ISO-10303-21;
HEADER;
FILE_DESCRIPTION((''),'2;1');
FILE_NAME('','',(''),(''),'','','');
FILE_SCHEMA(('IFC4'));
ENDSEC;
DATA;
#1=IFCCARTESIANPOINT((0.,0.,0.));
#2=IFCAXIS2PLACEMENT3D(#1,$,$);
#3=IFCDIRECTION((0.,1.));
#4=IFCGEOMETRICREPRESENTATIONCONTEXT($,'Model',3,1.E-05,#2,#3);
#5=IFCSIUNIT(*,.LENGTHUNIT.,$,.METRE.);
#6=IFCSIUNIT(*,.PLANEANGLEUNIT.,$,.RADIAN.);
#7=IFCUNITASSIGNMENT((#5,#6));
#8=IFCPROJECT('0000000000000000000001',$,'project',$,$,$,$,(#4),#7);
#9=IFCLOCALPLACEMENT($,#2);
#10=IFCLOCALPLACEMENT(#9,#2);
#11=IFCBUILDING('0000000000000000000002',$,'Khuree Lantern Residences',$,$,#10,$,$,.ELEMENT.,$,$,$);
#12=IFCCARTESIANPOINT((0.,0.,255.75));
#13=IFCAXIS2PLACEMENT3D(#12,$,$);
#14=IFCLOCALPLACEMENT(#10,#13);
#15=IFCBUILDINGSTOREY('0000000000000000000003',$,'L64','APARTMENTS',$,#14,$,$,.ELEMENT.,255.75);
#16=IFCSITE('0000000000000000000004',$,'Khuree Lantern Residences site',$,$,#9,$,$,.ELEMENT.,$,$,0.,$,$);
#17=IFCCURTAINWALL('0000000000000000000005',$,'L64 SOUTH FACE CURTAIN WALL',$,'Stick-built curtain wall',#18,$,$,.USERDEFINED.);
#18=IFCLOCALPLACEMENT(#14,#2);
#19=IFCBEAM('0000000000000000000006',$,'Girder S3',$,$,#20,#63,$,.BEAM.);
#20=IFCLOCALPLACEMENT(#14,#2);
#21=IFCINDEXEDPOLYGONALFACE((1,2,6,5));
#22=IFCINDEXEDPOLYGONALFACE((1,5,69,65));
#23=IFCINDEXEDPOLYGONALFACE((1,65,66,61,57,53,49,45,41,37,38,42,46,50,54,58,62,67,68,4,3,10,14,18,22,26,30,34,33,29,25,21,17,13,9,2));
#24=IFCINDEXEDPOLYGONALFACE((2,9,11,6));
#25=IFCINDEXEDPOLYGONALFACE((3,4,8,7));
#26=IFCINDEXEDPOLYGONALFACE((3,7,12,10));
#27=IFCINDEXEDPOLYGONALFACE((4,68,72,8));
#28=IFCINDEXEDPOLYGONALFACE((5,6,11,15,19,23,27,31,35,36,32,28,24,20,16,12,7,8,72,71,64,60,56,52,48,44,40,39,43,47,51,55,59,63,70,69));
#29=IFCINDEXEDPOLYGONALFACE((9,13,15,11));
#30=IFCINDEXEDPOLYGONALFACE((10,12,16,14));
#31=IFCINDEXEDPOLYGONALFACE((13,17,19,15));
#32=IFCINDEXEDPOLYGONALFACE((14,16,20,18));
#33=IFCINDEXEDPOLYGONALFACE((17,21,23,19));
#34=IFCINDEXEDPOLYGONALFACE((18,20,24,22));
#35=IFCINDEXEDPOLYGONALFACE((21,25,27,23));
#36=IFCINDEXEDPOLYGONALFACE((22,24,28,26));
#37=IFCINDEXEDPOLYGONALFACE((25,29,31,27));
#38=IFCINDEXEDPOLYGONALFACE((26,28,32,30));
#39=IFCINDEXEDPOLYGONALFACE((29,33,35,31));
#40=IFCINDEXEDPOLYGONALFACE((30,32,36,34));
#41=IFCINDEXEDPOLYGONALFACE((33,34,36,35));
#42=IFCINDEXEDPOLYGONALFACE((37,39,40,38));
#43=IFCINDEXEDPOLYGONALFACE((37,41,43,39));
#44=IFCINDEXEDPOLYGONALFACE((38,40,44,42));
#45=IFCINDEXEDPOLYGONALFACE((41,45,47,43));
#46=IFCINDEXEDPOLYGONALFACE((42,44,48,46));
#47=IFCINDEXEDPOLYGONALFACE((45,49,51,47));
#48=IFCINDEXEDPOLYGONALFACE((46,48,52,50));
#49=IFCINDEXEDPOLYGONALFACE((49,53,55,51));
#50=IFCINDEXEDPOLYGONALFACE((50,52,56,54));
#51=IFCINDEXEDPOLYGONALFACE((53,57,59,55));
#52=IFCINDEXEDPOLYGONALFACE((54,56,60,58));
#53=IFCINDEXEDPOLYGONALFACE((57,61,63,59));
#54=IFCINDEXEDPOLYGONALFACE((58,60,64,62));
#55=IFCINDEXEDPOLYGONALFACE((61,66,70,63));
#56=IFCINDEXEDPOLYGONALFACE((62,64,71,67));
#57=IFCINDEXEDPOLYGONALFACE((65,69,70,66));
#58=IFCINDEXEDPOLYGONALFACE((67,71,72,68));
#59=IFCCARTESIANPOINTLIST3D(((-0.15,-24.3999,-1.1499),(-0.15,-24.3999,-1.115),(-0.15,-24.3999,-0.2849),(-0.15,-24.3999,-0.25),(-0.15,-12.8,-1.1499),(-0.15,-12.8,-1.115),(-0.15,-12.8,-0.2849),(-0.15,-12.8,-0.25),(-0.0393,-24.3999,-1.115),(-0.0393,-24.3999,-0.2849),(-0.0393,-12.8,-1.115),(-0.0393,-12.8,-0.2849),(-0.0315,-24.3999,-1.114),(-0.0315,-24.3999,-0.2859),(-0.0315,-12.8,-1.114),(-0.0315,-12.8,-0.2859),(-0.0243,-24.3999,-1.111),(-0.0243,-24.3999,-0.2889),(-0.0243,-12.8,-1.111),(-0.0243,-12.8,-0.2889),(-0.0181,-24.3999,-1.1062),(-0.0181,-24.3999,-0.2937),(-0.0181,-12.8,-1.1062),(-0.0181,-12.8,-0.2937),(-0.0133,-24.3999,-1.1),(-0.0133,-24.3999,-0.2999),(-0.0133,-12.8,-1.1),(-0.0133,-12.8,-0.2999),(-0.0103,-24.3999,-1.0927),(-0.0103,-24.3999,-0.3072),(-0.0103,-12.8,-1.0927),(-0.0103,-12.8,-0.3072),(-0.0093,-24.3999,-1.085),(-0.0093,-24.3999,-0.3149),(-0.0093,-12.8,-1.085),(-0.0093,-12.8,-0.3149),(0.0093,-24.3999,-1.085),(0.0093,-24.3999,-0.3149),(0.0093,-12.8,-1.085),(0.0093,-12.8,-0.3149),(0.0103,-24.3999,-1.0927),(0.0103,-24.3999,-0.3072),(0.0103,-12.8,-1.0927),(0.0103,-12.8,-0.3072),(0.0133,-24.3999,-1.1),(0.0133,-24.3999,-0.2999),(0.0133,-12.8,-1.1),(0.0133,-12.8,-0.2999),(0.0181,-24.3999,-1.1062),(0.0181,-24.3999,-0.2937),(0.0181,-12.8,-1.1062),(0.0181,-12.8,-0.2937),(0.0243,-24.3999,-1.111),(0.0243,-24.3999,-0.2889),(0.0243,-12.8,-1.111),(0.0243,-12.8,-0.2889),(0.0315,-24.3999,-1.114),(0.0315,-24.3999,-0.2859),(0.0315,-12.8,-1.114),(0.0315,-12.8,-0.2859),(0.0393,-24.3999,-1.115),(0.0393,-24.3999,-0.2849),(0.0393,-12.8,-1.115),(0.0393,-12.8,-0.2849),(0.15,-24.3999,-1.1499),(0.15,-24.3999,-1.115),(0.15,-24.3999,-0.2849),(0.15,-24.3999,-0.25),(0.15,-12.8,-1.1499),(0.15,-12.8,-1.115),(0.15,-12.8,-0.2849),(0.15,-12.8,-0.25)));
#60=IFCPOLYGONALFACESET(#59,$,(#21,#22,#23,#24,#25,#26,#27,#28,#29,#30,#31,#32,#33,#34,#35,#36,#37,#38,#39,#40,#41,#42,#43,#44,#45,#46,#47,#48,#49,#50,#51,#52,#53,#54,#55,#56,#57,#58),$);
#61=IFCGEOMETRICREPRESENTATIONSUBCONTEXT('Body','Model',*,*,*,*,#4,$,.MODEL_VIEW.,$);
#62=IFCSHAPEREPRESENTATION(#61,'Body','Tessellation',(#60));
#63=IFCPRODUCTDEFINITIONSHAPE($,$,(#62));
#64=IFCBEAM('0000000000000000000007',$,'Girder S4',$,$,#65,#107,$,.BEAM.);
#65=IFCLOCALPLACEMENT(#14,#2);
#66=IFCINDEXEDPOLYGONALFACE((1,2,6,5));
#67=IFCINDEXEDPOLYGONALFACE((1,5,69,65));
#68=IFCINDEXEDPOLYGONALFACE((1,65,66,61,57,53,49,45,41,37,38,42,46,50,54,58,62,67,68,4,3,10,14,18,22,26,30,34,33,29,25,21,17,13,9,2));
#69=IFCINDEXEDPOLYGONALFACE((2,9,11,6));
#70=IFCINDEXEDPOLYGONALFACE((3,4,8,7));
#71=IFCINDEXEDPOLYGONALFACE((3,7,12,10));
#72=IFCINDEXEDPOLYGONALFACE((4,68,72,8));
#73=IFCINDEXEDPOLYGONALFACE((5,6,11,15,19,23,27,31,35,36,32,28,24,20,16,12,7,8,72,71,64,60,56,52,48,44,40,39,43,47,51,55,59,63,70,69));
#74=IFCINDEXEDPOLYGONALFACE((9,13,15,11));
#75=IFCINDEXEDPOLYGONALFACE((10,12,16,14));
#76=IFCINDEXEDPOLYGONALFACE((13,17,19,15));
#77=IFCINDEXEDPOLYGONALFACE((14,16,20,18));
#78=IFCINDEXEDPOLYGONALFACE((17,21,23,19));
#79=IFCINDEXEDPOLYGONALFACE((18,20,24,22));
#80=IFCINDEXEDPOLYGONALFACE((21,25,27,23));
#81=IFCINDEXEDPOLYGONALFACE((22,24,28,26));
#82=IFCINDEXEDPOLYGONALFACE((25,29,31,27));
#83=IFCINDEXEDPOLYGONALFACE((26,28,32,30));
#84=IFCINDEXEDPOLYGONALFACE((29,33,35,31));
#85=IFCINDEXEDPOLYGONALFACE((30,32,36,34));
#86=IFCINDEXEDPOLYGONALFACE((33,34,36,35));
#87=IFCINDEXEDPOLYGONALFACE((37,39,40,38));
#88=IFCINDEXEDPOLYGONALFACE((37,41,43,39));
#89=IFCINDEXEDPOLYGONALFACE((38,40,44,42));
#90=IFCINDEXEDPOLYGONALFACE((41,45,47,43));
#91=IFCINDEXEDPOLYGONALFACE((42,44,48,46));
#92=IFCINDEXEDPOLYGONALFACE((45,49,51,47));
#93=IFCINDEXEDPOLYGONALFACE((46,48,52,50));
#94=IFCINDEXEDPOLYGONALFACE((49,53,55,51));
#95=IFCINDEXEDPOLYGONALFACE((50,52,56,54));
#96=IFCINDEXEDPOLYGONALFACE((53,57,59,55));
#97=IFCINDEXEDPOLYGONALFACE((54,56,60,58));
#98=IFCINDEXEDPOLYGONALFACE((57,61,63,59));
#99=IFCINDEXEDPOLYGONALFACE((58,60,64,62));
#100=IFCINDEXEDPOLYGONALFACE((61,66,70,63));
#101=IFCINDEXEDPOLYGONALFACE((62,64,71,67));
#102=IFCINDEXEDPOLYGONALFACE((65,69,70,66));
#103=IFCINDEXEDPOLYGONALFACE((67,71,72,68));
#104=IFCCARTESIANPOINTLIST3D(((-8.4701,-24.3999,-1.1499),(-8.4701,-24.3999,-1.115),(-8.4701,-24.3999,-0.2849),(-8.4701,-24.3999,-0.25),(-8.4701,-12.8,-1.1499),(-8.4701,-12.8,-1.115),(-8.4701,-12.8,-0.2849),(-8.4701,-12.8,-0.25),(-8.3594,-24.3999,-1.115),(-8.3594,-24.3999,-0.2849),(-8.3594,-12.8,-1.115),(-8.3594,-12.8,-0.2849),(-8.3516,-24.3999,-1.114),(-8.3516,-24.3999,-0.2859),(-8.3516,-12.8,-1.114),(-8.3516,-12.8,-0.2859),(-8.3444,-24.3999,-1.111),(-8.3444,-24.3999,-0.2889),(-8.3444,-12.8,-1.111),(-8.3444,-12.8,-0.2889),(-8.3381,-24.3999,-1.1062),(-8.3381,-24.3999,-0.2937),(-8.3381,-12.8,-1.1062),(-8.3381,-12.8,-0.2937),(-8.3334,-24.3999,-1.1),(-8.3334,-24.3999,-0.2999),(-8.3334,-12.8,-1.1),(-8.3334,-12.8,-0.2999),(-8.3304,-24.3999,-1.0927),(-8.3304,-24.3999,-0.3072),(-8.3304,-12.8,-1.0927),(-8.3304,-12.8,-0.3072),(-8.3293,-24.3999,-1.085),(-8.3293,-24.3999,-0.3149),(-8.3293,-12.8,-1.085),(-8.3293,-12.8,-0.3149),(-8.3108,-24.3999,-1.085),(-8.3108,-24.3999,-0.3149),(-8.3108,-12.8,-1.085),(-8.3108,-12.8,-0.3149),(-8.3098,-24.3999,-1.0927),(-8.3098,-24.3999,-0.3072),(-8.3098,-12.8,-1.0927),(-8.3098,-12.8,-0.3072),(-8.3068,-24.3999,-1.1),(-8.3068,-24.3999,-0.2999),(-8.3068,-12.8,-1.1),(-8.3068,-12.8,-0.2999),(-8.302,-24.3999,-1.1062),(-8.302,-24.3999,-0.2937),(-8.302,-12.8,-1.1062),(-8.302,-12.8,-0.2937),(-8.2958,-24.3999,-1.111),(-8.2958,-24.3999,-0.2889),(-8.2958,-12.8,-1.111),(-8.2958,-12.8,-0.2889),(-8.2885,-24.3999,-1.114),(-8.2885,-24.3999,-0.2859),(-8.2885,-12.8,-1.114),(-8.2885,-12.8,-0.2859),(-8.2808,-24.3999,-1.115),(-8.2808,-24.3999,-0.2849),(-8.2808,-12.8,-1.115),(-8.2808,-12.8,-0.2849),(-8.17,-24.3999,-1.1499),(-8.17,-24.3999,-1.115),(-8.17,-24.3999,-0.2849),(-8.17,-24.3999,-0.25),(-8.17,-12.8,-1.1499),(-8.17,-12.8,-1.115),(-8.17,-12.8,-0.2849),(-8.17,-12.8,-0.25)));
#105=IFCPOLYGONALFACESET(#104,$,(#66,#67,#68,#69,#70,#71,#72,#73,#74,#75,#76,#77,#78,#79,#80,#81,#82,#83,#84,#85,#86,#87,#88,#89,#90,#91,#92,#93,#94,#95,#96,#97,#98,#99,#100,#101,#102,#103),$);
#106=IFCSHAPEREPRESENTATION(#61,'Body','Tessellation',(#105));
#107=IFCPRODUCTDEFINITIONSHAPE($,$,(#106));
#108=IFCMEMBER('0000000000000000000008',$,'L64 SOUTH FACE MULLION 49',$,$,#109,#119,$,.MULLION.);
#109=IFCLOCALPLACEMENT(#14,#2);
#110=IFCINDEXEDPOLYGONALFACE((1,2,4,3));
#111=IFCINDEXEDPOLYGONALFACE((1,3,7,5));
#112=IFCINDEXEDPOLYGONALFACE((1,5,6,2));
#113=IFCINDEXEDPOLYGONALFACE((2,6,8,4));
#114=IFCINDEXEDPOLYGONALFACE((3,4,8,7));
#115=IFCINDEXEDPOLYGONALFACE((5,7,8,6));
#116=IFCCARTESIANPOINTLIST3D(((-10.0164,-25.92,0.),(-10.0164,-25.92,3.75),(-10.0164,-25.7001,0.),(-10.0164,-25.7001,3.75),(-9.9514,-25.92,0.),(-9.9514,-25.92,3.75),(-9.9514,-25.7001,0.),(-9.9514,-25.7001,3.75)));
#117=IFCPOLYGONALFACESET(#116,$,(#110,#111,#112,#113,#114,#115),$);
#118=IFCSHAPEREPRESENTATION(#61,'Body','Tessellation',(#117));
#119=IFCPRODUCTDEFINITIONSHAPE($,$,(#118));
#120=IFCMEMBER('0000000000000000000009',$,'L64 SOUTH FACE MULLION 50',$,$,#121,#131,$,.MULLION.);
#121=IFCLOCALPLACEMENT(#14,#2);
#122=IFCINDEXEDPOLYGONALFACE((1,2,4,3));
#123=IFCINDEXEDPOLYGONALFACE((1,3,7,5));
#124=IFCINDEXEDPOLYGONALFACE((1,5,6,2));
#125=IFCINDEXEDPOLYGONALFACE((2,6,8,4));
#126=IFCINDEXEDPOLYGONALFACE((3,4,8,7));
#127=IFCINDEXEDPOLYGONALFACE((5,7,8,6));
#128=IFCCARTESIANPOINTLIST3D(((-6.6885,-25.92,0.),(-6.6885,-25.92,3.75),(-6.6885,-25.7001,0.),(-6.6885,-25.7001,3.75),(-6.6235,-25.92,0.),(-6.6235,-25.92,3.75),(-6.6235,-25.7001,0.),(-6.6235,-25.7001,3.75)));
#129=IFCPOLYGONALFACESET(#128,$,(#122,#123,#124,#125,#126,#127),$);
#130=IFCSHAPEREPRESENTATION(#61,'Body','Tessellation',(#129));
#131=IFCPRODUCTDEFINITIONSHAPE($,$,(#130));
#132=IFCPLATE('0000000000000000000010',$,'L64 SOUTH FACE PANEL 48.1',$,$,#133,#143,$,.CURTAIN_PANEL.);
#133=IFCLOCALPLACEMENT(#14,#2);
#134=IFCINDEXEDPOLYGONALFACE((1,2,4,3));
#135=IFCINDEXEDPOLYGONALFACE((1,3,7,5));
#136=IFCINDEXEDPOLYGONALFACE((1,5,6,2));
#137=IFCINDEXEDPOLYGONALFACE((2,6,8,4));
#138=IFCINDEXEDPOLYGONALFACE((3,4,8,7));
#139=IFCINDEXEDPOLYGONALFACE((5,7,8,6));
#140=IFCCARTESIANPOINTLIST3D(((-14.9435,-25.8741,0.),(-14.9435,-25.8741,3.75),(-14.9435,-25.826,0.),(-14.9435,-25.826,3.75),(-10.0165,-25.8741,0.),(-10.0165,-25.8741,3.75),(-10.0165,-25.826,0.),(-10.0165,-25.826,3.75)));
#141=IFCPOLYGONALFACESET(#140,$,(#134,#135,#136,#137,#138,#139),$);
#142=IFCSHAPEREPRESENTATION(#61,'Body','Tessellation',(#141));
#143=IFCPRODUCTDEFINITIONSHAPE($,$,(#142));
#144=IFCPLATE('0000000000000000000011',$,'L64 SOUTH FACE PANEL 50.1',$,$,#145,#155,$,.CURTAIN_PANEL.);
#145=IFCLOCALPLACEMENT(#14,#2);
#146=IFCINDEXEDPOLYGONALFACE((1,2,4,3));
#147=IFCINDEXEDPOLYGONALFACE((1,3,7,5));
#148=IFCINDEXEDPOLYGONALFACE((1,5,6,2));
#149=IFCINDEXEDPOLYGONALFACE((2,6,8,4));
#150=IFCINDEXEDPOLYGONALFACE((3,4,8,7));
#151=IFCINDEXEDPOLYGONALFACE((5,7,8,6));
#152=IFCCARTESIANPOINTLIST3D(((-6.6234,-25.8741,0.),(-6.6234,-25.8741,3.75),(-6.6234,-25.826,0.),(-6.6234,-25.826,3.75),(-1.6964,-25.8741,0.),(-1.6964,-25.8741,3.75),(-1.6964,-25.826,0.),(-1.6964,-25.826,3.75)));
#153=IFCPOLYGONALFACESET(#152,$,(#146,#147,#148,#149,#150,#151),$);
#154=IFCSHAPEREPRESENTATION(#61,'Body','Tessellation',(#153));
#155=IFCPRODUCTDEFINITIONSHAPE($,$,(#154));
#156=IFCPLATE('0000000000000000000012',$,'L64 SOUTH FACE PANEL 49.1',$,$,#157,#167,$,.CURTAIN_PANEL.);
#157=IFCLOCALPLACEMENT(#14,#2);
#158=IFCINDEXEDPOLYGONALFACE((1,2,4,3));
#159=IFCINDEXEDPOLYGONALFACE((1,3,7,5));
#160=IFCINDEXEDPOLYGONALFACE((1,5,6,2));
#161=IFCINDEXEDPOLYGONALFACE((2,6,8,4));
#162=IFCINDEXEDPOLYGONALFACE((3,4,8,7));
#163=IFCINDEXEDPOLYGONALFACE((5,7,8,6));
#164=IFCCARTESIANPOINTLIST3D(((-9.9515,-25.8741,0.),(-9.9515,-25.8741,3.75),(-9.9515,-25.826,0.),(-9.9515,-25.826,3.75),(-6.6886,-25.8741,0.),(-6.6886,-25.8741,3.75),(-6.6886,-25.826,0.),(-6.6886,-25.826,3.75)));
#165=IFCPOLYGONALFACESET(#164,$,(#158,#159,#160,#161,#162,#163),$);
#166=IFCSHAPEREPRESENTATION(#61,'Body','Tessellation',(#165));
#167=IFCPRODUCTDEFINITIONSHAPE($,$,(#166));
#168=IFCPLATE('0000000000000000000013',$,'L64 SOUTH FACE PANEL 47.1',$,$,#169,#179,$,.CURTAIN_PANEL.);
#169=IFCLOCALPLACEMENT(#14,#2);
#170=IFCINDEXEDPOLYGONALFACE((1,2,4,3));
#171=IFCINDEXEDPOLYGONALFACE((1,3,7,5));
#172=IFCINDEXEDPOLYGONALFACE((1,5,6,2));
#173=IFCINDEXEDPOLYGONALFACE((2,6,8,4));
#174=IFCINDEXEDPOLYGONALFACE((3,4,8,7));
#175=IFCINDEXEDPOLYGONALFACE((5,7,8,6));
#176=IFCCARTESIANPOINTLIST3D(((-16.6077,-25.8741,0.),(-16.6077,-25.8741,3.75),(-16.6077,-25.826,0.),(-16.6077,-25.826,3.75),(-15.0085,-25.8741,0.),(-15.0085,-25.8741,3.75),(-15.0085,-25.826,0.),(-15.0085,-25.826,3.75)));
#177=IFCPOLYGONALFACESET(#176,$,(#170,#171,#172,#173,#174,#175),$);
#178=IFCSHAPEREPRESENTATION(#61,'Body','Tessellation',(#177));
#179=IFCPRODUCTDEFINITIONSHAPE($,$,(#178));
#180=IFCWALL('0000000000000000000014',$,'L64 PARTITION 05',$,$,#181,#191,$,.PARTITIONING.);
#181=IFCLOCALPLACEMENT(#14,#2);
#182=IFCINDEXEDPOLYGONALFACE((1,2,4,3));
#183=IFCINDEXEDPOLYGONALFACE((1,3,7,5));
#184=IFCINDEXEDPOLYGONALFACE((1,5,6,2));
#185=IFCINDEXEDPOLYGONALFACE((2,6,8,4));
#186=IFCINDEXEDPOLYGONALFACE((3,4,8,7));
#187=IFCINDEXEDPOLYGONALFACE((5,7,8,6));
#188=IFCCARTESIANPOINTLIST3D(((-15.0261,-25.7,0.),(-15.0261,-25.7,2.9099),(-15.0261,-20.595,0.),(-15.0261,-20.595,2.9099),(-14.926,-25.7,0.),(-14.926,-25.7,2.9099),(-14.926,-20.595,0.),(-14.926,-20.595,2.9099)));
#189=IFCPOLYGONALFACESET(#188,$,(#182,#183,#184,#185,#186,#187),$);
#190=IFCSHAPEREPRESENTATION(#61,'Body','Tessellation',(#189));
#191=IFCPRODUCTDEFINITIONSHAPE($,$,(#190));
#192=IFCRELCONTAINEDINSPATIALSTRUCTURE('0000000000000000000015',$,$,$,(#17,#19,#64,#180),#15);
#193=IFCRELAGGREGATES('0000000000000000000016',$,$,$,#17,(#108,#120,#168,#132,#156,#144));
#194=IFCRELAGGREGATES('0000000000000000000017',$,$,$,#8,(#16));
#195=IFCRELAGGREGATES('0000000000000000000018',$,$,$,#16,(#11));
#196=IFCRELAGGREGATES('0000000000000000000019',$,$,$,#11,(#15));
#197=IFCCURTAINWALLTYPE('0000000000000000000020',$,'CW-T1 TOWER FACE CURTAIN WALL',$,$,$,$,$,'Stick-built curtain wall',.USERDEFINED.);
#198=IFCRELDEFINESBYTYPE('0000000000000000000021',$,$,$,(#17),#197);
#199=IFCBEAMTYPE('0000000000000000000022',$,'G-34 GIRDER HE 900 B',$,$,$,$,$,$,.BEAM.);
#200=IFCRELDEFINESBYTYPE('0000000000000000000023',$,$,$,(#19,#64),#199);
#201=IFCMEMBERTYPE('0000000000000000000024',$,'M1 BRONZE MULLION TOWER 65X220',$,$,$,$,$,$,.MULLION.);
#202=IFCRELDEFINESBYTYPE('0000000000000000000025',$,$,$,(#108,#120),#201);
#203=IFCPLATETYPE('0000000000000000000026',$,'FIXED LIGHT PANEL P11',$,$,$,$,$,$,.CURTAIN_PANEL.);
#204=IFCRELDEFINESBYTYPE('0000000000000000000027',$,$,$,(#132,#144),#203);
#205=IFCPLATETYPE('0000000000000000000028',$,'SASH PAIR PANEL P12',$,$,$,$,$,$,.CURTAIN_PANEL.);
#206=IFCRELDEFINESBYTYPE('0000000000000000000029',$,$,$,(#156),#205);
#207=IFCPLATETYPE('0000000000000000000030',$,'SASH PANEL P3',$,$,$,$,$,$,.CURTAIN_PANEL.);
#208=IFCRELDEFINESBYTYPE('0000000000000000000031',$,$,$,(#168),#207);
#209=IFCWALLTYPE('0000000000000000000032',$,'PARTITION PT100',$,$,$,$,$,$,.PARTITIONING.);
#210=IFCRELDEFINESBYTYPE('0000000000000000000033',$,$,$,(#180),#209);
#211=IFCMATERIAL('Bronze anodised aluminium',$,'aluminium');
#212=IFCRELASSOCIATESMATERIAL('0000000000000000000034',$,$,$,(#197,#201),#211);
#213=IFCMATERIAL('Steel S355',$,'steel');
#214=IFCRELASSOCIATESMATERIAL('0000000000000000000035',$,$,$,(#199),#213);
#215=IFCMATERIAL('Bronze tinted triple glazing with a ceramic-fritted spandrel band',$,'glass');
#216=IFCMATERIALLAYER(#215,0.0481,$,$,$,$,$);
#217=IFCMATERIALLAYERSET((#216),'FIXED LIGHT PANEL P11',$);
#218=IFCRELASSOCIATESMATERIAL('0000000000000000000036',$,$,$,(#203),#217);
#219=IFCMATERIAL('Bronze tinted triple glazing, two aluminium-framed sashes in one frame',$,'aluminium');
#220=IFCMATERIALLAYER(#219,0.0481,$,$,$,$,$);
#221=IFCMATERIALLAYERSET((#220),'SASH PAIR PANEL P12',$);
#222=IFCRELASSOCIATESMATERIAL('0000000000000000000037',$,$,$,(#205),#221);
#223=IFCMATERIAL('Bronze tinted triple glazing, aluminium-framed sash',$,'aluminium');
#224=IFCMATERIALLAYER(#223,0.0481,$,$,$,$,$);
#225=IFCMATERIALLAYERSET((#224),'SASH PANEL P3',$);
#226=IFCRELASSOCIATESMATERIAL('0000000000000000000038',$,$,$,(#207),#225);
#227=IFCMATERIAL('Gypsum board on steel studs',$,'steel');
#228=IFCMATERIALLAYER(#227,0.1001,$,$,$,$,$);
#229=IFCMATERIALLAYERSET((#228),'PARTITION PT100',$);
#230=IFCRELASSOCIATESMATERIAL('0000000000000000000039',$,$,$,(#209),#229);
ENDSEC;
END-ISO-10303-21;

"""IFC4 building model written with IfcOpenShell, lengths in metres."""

from ifc_helpers import new_model, si_unit, direction, frame, frame_2d, origin, origin_2d, place, context, subcontext, project, spatial, rectangle, i_section, extrude, material, layer, layer_set, material_profile, profile_set, type_object, element, aggregate, save


model = new_model("IFC4")

# Units and contexts
model_context = context("Model", 3, precision=1e-05, world=origin(), true_north=direction((0.0, 1.0)))
body_context = subcontext(model_context, "Body", "Model", "MODEL_VIEW")
ifc_project = project(units=[si_unit("LENGTHUNIT", "METRE"), si_unit("PLANEANGLEUNIT", "RADIAN")], contexts=[model_context])

# Site, building, storey
site_placement = place(None, origin())
site = spatial("IfcSite", under=ifc_project, at=site_placement, Name="Khuree Lantern Residences site", CompositionType="ELEMENT", RefElevation=0.0)
building_placement = place(site_placement, origin())
building = spatial("IfcBuilding", under=site, at=building_placement, Name="Khuree Lantern Residences", CompositionType="ELEMENT")
storey_placement = place(building_placement, frame((0.0, 0.0, 255.75)))
storey = spatial("IfcBuildingStorey", under=building, at=storey_placement, Name="L64", Description="APARTMENTS", CompositionType="ELEMENT", Elevation=255.75)

# Shared definitions
ifc_material_1 = material(Name="Steel S355", Category="steel")

# Curtain wall
ifc_material_2 = material(Name="Bronze anodised aluminium", Category="aluminium")
curtain_wall_type = type_object("IfcCurtainWallType", Name="CW-T1 TOWER FACE CURTAIN WALL", ElementType="Stick-built curtain wall", PredefinedType="USERDEFINED", material=ifc_material_2)
curtain_wall_placement = place(storey_placement, origin())
curtain_wall = element("IfcCurtainWall", 1, at=curtain_wall_placement, inside=storey, type_object=curtain_wall_type, Name="L64 SOUTH FACE CURTAIN WALL", ObjectType="Stick-built curtain wall", PredefinedType="USERDEFINED")

# Beams
ifc_material_profile_1 = material_profile(ifc_material_1, i_section(OverallWidth=0.3, OverallDepth=0.8999, WebThickness=0.0186, FlangeThickness=0.0349, FilletRadius=0.03, at=origin_2d()), Name="HE 900 B")
ifc_profile_set_1 = profile_set([ifc_material_profile_1], Name="Steel S355")
beam_type_1 = type_object("IfcBeamType", Name="G-34 GIRDER HE 900 B", PredefinedType="BEAM", material=ifc_profile_set_1)
for number, where, z_axis, x_axis, name in (
    (2, (0.0, -24.3999, -0.7), (0.0, 1.0, 0.0), (-1.0, 0.0, 0.0), "Girder S3"),
    (3, (-8.3201, -24.3999, -0.7), (0.0, 1.0, 0.0), (-1.0, 0.0, 0.0), "Girder S4"),
):
    element("IfcBeam", number, at=place(storey_placement, frame(where, z_axis=z_axis, x_axis=x_axis)), inside=storey, type_object=beam_type_1, Name=name, PredefinedType="BEAM", context=body_context, shape_type="SweptSolid", body=[
        extrude(i_section(OverallWidth=0.3, OverallDepth=0.8999, WebThickness=0.0186, FlangeThickness=0.0349, FilletRadius=0.03, at=origin_2d()), origin(), (0.0, 0.0, 1.0), 11.5999),
    ])

# Members
ifc_material_profile_2 = material_profile(ifc_material_2, rectangle(XDim=0.0649, YDim=0.22, at=origin_2d()), Name="M1 65X220")
ifc_profile_set_2 = profile_set([ifc_material_profile_2], Name="Bronze anodised aluminium")
member_type_1 = type_object("IfcMemberType", Name="M1 BRONZE MULLION TOWER 65X220", PredefinedType="MULLION", material=ifc_profile_set_2)
member_1_placement = place(storey_placement, frame((-9.9839, -25.8101, 0.0), z_axis=(0.0, 0.0, 1.0), x_axis=(1.0, 0.0, 0.0)))
member_1 = element("IfcMember", 4, at=member_1_placement, type_object=member_type_1, Name="L64 SOUTH FACE MULLION 49", PredefinedType="MULLION", context=body_context, shape_type="SweptSolid", body=[
    extrude(rectangle(XDim=0.0649, YDim=0.22, at=origin_2d()), origin(), (0.0, 0.0, 1.0), 3.75),
])
member_2_placement = place(storey_placement, frame((-6.656, -25.8101, 0.0), z_axis=(0.0, 0.0, 1.0), x_axis=(1.0, 0.0, 0.0)))
member_2 = element("IfcMember", 5, at=member_2_placement, type_object=member_type_1, Name="L64 SOUTH FACE MULLION 50", PredefinedType="MULLION", context=body_context, shape_type="SweptSolid", body=[
    extrude(rectangle(XDim=0.0649, YDim=0.22, at=origin_2d()), origin(), (0.0, 0.0, 1.0), 3.75),
])

# Plates
ifc_material_3 = material(Name="Bronze tinted triple glazing with a ceramic-fritted spandrel band", Category="glass")
ifc_layer_1 = layer(ifc_material_3, 0.0481)
ifc_layer_set_1 = layer_set([ifc_layer_1], Name="FIXED LIGHT PANEL P11")
plate_type_1 = type_object("IfcPlateType", Name="FIXED LIGHT PANEL P11", PredefinedType="CURTAIN_PANEL", material=ifc_layer_set_1)
plate_1_placement = place(storey_placement, frame((-12.48, -25.8501, 0.0), z_axis=(0.0, 0.0, 1.0), x_axis=(1.0, 0.0, 0.0)))
plate_1 = element("IfcPlate", 6, at=plate_1_placement, type_object=plate_type_1, Name="L64 SOUTH FACE PANEL 48.1", PredefinedType="CURTAIN_PANEL", context=body_context, shape_type="SweptSolid", body=[
    extrude(rectangle(XDim=4.927, YDim=0.0481, at=origin_2d()), origin(), (0.0, 0.0, 1.0), 3.75),
])
plate_2_placement = place(storey_placement, frame((-4.1599, -25.8501, 0.0), z_axis=(0.0, 0.0, 1.0), x_axis=(1.0, 0.0, 0.0)))
plate_2 = element("IfcPlate", 7, at=plate_2_placement, type_object=plate_type_1, Name="L64 SOUTH FACE PANEL 50.1", PredefinedType="CURTAIN_PANEL", context=body_context, shape_type="SweptSolid", body=[
    extrude(rectangle(XDim=4.927, YDim=0.0481, at=origin_2d()), origin(), (0.0, 0.0, 1.0), 3.75),
])
ifc_material_4 = material(Name="Bronze tinted triple glazing, two aluminium-framed sashes in one frame", Category="aluminium")
ifc_layer_2 = layer(ifc_material_4, 0.0481)
ifc_layer_set_2 = layer_set([ifc_layer_2], Name="SASH PAIR PANEL P12")
plate_type_2 = type_object("IfcPlateType", Name="SASH PAIR PANEL P12", PredefinedType="CURTAIN_PANEL", material=ifc_layer_set_2)
plate_3_placement = place(storey_placement, frame((-8.3201, -25.8501, 0.0), z_axis=(0.0, 0.0, 1.0), x_axis=(1.0, 0.0, 0.0)))
plate_3 = element("IfcPlate", 8, at=plate_3_placement, type_object=plate_type_2, Name="L64 SOUTH FACE PANEL 49.1", PredefinedType="CURTAIN_PANEL", context=body_context, shape_type="SweptSolid", body=[
    extrude(rectangle(XDim=3.2629, YDim=0.0481, at=origin_2d()), origin(), (0.0, 0.0, 1.0), 3.75),
])
ifc_material_5 = material(Name="Bronze tinted triple glazing, aluminium-framed sash", Category="aluminium")
ifc_layer_3 = layer(ifc_material_5, 0.0481)
ifc_layer_set_3 = layer_set([ifc_layer_3], Name="SASH PANEL P3")
plate_type_3 = type_object("IfcPlateType", Name="SASH PANEL P3", PredefinedType="CURTAIN_PANEL", material=ifc_layer_set_3)
plate_4_placement = place(storey_placement, frame((-15.8081, -25.8501, 0.0), z_axis=(0.0, 0.0, 1.0), x_axis=(1.0, 0.0, 0.0)))
plate_4 = element("IfcPlate", 9, at=plate_4_placement, type_object=plate_type_3, Name="L64 SOUTH FACE PANEL 47.1", PredefinedType="CURTAIN_PANEL", context=body_context, shape_type="SweptSolid", body=[
    extrude(rectangle(XDim=1.5991, YDim=0.0481, at=origin_2d()), origin(), (0.0, 0.0, 1.0), 3.75),
])
aggregate(curtain_wall, [member_1, member_2, plate_4, plate_1, plate_3, plate_2])

# Wall
ifc_material_6 = material(Name="Gypsum board on steel studs", Category="steel")
ifc_layer_4 = layer(ifc_material_6, 0.1001)
ifc_layer_set_4 = layer_set([ifc_layer_4], Name="PARTITION PT100")
wall_type = type_object("IfcWallType", Name="PARTITION PT100", PredefinedType="PARTITIONING", material=ifc_layer_set_4)
for number, where, z_axis, x_axis, name in (
    (10, (-14.9761, -20.595, 0.0), (0.0, 0.0, 1.0), (0.0, -1.0, 0.0), "L64 PARTITION 05"),
):
    element("IfcWall", number, at=place(storey_placement, frame(where, z_axis=z_axis, x_axis=x_axis)), inside=storey, type_object=wall_type, Name=name, PredefinedType="PARTITIONING", context=body_context, shape_type="SweptSolid", body=[
        extrude(rectangle(XDim=5.105, YDim=0.1001, at=frame_2d((2.5525, 0.0))), origin(), (0.0, 0.0, 1.0), 2.9099),
    ])

save(model, "model.ifc")
